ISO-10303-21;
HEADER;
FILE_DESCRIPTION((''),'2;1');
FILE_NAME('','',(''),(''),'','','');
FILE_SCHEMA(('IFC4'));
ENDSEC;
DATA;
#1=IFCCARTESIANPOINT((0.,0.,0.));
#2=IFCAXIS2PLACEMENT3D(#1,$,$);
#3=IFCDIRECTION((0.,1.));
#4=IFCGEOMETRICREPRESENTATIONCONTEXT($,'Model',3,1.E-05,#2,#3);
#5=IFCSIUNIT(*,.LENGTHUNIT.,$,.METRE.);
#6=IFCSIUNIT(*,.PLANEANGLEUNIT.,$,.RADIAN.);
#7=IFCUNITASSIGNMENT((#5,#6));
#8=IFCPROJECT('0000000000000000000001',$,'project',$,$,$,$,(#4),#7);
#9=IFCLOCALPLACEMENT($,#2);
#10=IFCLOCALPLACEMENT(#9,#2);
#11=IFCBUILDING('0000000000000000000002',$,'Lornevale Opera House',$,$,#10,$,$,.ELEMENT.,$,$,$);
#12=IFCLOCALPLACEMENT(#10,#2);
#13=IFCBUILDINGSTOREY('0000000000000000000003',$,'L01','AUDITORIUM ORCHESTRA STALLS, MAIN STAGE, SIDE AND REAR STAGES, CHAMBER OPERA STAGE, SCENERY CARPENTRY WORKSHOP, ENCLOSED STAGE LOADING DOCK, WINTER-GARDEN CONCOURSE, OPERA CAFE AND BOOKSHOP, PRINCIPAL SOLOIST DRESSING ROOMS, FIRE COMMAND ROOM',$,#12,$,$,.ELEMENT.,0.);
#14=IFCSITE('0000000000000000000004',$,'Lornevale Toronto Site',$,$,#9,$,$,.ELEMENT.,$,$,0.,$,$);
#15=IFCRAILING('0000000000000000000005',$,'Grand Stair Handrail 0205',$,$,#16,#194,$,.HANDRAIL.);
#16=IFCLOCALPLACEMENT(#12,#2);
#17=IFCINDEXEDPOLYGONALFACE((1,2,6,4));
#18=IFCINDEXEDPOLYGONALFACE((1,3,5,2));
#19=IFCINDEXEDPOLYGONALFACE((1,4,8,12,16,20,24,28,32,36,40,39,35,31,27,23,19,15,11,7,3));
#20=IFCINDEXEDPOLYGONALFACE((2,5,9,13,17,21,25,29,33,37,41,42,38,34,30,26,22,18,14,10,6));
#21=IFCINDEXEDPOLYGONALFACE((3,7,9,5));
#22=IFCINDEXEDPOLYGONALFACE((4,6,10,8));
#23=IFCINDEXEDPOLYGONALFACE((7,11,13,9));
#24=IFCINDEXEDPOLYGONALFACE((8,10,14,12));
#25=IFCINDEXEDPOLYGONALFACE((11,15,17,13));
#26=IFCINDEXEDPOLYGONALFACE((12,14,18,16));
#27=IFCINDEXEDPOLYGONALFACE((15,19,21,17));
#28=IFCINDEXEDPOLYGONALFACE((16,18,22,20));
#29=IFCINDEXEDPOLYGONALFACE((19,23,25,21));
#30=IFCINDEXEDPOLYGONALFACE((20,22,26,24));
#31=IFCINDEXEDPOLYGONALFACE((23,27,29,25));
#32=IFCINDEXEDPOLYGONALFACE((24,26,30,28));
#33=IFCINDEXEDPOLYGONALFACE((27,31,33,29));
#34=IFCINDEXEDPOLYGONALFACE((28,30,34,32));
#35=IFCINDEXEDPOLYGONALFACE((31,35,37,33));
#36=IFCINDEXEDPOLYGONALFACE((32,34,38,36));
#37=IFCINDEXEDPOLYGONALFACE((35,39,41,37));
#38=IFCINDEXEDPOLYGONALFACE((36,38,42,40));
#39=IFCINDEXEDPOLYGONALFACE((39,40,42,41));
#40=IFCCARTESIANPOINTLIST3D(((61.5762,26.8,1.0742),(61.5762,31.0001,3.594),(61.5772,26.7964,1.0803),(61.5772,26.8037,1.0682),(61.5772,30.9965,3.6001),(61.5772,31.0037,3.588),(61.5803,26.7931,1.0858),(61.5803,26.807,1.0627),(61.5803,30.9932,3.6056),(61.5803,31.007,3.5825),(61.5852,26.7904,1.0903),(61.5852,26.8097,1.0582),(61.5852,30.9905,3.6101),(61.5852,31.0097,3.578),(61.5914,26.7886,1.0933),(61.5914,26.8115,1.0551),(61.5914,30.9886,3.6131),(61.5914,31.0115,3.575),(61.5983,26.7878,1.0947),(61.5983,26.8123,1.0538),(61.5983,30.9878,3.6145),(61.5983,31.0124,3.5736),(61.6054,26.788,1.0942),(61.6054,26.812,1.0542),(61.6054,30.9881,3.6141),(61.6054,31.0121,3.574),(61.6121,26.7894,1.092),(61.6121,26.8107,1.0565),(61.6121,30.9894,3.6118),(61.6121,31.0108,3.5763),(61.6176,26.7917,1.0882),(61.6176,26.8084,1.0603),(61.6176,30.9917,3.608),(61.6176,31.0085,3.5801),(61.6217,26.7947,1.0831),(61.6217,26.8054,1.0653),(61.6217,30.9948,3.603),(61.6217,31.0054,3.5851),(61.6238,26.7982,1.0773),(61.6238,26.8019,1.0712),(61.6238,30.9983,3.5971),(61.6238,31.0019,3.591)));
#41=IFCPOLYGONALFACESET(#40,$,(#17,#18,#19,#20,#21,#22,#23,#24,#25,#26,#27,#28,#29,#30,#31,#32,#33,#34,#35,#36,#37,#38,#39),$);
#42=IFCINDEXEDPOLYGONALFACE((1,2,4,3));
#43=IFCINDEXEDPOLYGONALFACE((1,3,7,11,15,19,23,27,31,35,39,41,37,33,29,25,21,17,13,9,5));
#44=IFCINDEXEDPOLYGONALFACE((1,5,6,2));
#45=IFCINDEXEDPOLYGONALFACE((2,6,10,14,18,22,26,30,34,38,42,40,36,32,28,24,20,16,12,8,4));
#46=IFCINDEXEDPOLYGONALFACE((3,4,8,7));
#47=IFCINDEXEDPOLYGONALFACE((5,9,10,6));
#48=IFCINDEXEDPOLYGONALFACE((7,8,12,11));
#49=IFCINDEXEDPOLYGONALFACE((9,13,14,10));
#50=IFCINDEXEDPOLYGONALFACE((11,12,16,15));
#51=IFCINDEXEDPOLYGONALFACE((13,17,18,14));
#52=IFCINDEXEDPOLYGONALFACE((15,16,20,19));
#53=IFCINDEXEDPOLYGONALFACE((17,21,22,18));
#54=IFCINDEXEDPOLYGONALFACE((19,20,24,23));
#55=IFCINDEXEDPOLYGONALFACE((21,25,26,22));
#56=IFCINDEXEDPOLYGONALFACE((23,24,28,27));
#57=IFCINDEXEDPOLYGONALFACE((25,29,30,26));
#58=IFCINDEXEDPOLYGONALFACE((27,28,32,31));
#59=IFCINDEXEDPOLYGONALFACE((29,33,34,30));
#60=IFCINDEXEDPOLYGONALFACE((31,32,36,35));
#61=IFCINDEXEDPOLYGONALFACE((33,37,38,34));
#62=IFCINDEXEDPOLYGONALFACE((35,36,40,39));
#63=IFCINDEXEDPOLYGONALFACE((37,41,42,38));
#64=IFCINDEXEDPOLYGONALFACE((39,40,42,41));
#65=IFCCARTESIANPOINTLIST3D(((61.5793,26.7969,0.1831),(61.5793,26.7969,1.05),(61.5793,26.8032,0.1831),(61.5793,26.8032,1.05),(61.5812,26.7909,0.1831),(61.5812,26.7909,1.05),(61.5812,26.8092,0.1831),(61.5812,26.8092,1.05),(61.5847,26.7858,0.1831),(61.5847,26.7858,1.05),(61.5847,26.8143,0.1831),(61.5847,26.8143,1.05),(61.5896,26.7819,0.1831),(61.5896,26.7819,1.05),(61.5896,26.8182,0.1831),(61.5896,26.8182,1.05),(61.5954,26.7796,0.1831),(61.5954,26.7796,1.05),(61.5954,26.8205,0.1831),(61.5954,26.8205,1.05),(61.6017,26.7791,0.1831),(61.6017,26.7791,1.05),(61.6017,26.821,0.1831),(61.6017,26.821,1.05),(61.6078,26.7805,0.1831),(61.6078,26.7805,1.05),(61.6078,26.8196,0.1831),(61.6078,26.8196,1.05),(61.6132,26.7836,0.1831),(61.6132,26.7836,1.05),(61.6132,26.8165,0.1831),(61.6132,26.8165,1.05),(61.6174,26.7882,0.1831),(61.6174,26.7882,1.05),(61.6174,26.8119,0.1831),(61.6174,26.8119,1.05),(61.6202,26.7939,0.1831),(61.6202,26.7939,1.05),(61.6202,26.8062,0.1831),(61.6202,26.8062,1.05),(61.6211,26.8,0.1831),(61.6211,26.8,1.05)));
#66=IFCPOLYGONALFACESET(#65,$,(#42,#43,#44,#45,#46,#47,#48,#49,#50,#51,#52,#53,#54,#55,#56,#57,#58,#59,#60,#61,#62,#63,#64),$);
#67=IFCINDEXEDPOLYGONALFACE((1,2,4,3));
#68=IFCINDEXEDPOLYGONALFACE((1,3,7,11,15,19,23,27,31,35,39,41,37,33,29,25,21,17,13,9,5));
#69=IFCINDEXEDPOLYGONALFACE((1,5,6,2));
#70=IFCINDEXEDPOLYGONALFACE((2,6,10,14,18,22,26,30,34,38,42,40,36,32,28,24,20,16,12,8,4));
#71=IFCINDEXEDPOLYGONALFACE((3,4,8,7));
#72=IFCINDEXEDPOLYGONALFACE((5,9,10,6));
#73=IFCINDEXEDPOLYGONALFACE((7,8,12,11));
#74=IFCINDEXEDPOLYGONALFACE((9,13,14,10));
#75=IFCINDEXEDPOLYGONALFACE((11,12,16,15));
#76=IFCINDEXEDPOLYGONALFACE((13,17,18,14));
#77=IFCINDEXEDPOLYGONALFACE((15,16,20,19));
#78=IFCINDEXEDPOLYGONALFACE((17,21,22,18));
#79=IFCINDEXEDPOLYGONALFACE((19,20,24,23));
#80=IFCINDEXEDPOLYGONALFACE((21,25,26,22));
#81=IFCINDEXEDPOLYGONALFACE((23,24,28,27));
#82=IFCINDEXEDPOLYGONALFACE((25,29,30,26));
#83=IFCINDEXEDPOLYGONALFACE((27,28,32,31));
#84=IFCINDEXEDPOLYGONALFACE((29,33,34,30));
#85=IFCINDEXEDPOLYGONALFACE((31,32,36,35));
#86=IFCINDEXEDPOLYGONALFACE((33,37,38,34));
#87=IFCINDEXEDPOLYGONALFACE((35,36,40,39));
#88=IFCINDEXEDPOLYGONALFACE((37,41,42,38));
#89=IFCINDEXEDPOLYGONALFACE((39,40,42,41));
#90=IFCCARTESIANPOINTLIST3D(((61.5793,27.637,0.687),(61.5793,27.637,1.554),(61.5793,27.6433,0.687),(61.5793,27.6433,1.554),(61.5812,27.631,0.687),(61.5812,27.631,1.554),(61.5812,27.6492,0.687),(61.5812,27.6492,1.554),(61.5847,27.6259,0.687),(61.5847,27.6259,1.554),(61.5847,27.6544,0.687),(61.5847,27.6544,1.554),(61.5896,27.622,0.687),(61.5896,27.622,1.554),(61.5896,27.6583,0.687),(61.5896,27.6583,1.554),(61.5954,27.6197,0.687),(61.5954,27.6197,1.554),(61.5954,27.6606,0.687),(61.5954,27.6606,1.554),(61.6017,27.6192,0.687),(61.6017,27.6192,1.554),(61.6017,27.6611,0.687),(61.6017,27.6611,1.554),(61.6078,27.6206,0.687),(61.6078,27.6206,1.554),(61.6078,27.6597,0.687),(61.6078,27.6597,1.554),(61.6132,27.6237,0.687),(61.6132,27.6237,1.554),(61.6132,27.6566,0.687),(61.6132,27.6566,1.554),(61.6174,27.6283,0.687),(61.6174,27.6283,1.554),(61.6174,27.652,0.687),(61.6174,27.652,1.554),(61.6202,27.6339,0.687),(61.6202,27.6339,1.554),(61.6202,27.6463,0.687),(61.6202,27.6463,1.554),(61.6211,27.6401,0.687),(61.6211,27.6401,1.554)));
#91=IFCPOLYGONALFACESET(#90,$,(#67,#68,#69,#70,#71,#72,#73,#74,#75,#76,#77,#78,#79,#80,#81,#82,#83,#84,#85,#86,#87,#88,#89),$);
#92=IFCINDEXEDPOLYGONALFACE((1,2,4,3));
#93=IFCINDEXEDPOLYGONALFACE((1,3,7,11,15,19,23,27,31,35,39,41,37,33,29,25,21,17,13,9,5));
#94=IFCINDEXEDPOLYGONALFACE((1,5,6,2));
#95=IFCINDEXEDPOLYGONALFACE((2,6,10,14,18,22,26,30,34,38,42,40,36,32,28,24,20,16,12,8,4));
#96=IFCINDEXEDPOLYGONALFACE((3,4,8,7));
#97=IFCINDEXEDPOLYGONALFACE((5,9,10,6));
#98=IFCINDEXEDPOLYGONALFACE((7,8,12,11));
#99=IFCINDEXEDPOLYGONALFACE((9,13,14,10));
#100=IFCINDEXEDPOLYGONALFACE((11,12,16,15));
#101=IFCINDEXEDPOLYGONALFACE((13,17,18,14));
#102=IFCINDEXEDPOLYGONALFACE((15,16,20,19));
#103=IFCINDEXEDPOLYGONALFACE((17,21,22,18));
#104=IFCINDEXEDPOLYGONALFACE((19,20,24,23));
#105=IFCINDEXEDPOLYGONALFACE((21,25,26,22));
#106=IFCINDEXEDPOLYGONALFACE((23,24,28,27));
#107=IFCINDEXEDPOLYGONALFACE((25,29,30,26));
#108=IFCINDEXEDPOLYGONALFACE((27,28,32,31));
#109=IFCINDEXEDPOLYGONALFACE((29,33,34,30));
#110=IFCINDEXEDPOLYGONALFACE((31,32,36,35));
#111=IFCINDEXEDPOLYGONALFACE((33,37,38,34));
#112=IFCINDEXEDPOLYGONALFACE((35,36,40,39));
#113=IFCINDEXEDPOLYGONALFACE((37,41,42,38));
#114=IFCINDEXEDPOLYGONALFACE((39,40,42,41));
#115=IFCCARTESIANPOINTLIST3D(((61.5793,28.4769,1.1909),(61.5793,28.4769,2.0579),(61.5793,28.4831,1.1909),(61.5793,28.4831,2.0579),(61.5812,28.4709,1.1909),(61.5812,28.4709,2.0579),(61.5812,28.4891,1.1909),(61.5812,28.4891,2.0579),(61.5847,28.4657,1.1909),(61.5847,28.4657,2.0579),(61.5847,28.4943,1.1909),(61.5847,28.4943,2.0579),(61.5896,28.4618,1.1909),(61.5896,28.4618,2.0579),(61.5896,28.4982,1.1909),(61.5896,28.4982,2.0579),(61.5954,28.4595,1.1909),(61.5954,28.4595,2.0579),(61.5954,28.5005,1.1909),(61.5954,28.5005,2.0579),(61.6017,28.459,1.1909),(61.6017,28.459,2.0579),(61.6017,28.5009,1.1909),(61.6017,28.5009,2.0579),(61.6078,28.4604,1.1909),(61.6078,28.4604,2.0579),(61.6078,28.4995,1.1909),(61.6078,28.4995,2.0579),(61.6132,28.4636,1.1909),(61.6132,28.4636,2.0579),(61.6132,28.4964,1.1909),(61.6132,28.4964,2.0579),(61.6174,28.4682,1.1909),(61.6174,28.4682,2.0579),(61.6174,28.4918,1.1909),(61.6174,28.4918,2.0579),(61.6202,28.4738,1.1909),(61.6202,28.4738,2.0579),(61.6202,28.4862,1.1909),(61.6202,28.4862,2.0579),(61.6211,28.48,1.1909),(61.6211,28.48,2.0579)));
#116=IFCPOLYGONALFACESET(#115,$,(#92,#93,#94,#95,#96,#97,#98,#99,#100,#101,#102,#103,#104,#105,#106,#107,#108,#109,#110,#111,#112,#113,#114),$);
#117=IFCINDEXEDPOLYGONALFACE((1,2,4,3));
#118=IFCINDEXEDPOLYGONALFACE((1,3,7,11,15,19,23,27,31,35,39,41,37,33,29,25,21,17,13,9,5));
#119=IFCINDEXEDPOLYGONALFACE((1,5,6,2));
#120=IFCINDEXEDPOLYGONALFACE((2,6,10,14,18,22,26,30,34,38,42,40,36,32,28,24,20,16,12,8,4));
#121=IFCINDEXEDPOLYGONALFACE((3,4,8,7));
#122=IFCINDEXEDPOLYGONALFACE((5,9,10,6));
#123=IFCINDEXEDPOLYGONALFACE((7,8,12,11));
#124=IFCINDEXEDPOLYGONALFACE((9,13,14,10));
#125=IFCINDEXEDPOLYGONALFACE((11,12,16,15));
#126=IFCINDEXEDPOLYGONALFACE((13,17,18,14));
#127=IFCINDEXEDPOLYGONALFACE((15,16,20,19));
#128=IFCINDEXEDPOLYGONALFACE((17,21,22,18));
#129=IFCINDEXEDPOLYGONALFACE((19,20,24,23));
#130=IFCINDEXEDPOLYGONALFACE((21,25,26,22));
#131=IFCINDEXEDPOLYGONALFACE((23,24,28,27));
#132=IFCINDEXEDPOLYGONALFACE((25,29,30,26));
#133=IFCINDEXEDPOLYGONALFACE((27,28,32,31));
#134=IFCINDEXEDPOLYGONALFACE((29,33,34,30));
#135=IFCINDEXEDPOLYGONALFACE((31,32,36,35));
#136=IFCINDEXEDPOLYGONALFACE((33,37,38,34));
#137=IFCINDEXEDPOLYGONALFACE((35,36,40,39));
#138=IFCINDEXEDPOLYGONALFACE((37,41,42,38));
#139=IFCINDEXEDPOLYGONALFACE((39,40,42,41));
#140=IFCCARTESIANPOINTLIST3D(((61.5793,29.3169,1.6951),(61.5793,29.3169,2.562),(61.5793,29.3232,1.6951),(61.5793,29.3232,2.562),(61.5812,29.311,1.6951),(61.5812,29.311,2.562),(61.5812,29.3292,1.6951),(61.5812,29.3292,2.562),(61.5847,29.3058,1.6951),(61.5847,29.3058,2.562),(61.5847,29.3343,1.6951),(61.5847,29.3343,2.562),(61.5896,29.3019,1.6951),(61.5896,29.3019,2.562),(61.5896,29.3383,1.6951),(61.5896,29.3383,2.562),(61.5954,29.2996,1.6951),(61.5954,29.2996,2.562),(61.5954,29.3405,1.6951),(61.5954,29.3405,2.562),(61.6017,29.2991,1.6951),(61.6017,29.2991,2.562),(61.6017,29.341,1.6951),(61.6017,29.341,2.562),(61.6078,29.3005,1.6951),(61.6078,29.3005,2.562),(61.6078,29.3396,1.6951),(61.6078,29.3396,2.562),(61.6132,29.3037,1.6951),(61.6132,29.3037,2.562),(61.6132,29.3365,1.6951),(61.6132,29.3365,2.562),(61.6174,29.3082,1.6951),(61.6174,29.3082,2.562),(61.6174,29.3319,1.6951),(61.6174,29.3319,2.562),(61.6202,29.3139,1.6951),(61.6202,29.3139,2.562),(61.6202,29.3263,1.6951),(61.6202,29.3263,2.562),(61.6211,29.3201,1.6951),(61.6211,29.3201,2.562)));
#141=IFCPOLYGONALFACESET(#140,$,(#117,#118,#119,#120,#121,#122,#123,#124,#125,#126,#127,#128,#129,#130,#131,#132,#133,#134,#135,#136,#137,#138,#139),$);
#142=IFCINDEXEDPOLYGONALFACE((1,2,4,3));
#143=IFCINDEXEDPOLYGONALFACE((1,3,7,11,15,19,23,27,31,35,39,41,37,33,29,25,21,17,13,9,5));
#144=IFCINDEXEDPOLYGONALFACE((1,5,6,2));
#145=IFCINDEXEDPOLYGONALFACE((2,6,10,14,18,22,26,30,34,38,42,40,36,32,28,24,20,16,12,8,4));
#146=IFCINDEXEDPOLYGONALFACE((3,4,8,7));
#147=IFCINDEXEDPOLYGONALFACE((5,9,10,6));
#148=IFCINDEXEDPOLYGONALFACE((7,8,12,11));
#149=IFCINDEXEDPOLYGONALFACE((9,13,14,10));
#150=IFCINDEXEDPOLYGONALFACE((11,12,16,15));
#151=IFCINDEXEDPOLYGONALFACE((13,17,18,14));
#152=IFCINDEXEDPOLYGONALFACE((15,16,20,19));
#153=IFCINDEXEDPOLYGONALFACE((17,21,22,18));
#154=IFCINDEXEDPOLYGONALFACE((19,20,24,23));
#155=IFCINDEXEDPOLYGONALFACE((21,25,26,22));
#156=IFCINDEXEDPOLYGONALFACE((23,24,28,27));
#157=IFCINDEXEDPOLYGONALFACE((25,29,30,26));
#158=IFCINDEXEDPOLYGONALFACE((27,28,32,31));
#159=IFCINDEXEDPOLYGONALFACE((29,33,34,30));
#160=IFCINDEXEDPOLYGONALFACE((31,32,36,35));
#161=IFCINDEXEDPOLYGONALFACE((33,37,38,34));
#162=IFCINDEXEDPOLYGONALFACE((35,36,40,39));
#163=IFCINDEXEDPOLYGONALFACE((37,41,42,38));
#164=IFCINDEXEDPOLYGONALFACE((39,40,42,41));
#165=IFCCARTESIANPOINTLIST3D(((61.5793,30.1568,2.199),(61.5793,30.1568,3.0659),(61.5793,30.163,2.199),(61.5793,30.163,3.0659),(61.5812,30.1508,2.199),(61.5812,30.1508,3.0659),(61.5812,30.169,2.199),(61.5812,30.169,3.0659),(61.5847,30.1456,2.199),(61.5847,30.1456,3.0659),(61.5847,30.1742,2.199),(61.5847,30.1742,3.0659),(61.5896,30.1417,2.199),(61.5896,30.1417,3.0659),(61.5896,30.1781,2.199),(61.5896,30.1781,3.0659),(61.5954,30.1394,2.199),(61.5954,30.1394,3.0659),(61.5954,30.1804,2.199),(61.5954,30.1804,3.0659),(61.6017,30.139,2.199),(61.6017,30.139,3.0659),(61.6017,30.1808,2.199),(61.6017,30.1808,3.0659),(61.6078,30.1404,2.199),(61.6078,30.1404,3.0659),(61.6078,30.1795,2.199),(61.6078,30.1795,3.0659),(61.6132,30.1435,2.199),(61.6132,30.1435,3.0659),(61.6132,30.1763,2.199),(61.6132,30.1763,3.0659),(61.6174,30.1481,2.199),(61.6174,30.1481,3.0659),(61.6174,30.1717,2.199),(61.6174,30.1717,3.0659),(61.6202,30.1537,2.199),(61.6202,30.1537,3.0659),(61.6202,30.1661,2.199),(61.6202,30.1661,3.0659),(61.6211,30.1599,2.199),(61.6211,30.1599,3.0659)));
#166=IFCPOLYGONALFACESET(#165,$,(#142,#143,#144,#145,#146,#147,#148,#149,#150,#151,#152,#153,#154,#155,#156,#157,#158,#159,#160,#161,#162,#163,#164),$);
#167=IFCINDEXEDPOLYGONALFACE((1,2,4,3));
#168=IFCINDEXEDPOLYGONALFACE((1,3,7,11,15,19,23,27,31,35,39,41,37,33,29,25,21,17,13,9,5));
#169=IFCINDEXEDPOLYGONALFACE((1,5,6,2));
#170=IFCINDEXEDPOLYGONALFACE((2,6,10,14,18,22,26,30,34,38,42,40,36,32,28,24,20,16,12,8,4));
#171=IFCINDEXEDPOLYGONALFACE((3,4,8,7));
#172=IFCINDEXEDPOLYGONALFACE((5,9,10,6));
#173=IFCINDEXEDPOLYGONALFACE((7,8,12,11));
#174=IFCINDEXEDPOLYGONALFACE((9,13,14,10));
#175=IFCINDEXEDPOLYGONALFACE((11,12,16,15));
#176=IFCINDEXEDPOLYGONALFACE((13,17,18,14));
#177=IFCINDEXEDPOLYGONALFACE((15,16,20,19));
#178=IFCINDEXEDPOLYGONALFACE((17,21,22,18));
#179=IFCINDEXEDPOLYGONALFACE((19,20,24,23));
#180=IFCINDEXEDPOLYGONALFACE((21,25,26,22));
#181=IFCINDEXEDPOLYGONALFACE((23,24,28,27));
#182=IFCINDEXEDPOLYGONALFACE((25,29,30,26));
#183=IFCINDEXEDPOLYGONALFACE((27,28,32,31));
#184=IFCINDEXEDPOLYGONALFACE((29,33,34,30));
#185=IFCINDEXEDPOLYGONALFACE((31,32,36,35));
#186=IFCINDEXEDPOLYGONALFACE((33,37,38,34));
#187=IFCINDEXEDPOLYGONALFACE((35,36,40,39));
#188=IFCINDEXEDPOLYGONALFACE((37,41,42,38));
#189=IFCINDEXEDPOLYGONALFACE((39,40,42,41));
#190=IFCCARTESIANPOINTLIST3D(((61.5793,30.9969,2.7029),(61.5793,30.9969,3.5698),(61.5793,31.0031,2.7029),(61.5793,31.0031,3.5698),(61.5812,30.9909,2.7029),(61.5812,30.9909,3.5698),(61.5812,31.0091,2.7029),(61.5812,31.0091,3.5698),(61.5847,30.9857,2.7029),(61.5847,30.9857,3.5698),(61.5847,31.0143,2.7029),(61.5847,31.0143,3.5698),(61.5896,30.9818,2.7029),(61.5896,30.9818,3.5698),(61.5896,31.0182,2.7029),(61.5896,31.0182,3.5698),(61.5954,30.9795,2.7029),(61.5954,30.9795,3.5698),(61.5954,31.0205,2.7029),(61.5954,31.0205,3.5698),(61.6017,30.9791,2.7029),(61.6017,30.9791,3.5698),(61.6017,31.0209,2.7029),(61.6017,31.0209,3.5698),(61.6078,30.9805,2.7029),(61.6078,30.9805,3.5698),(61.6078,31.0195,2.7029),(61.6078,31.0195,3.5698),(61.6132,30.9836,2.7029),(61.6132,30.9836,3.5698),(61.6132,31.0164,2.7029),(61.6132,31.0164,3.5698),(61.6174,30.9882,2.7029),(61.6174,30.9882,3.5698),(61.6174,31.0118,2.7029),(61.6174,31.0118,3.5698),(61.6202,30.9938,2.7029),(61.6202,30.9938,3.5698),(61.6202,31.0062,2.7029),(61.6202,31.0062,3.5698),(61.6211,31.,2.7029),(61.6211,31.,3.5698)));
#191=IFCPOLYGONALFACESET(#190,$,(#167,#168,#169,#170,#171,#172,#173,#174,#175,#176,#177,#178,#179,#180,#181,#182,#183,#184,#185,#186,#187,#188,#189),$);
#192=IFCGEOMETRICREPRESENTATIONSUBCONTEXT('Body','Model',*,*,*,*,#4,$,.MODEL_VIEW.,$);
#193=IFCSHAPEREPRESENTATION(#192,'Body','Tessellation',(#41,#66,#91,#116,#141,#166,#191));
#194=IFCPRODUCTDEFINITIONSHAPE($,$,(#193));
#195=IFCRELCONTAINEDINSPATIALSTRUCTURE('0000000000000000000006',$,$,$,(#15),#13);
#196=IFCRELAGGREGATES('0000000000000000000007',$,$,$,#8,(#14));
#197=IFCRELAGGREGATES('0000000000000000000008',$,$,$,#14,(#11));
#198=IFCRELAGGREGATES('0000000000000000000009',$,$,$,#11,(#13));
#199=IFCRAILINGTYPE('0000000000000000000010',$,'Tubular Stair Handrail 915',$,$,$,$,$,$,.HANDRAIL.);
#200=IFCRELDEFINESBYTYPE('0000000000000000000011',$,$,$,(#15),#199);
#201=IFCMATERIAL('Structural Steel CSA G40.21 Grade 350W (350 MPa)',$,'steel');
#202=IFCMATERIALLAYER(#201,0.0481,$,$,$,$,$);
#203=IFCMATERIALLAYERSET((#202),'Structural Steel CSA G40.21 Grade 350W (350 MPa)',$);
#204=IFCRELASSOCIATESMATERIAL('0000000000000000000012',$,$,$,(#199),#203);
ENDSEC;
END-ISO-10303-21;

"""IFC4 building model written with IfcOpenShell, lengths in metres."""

from ifc_helpers import new_model, si_unit, direction, frame, origin, origin_2d, place, context, subcontext, project, spatial, circle, extrude, material, layer, layer_set, type_object, element, save


model = new_model("IFC4")

# Units and contexts
model_context = context("Model", 3, precision=1e-05, world=origin(), true_north=direction((0.0, 1.0)))
body_context = subcontext(model_context, "Body", "Model", "MODEL_VIEW")
ifc_project = project(units=[si_unit("LENGTHUNIT", "METRE"), si_unit("PLANEANGLEUNIT", "RADIAN")], contexts=[model_context])

# Site, building, storey
site_placement = place(None, origin())
site = spatial("IfcSite", under=ifc_project, at=site_placement, Name="Lornevale Toronto Site", CompositionType="ELEMENT", RefElevation=0.0)
building_placement = place(site_placement, origin())
building = spatial("IfcBuilding", under=site, at=building_placement, Name="Lornevale Opera House", CompositionType="ELEMENT")
storey_placement = place(building_placement, origin())
storey = spatial("IfcBuildingStorey", under=building, at=storey_placement, Name="L01", Description="AUDITORIUM ORCHESTRA STALLS, MAIN STAGE, SIDE AND REAR STAGES, CHAMBER OPERA STAGE, SCENERY CARPENTRY WORKSHOP, ENCLOSED STAGE LOADING DOCK, WINTER-GARDEN CONCOURSE, OPERA CAFE AND BOOKSHOP, PRINCIPAL SOLOIST DRESSING ROOMS, FIRE COMMAND ROOM", CompositionType="ELEMENT", Elevation=0.0)

# Railing
ifc_material_1 = material(Name="Structural Steel CSA G40.21 Grade 350W (350 MPa)", Category="steel")
ifc_layer_1 = layer(ifc_material_1, 0.0481)
ifc_layer_set_1 = layer_set([ifc_layer_1], Name="Structural Steel CSA G40.21 Grade 350W (350 MPa)")
railing_type = type_object("IfcRailingType", Name="Tubular Stair Handrail 915", PredefinedType="HANDRAIL", material=ifc_layer_set_1)
railing_placement = place(storey_placement, frame((61.6001, 26.8, 0.1831)))
element("IfcRailing", 1, at=railing_placement, inside=storey, type_object=railing_type, Name="Grand Stair Handrail 0205", PredefinedType="HANDRAIL", context=body_context, shape_type="SweptSolid", body=[
    extrude(circle(Radius=0.0239, at=origin_2d()), frame((0.0, 0.0, 0.8911), z_axis=(0.0, 0.857511, 0.514466), x_axis=(-1.0, 0.0, 0.0)), (0.0, 0.0, 1.0), 4.8979),
    extrude(circle(Radius=0.021, at=origin_2d()), origin(), (0.0, 0.0, 1.0), 0.8669),
    extrude(circle(Radius=0.021, at=origin_2d()), frame((0.0, 0.8401, 0.5039)), (0.0, 0.0, 1.0), 0.8669),
    extrude(circle(Radius=0.021, at=origin_2d()), frame((0.0, 1.6799, 1.0078)), (0.0, 0.0, 1.0), 0.8669),
    extrude(circle(Radius=0.021, at=origin_2d()), frame((0.0, 2.52, 1.512)), (0.0, 0.0, 1.0), 0.8669),
    extrude(circle(Radius=0.021, at=origin_2d()), frame((0.0, 3.3599, 2.0159)), (0.0, 0.0, 1.0), 0.8669),
    extrude(circle(Radius=0.021, at=origin_2d()), frame((0.0, 4.2, 2.5198)), (0.0, 0.0, 1.0), 0.8669),
])

save(model, "model.ifc")
